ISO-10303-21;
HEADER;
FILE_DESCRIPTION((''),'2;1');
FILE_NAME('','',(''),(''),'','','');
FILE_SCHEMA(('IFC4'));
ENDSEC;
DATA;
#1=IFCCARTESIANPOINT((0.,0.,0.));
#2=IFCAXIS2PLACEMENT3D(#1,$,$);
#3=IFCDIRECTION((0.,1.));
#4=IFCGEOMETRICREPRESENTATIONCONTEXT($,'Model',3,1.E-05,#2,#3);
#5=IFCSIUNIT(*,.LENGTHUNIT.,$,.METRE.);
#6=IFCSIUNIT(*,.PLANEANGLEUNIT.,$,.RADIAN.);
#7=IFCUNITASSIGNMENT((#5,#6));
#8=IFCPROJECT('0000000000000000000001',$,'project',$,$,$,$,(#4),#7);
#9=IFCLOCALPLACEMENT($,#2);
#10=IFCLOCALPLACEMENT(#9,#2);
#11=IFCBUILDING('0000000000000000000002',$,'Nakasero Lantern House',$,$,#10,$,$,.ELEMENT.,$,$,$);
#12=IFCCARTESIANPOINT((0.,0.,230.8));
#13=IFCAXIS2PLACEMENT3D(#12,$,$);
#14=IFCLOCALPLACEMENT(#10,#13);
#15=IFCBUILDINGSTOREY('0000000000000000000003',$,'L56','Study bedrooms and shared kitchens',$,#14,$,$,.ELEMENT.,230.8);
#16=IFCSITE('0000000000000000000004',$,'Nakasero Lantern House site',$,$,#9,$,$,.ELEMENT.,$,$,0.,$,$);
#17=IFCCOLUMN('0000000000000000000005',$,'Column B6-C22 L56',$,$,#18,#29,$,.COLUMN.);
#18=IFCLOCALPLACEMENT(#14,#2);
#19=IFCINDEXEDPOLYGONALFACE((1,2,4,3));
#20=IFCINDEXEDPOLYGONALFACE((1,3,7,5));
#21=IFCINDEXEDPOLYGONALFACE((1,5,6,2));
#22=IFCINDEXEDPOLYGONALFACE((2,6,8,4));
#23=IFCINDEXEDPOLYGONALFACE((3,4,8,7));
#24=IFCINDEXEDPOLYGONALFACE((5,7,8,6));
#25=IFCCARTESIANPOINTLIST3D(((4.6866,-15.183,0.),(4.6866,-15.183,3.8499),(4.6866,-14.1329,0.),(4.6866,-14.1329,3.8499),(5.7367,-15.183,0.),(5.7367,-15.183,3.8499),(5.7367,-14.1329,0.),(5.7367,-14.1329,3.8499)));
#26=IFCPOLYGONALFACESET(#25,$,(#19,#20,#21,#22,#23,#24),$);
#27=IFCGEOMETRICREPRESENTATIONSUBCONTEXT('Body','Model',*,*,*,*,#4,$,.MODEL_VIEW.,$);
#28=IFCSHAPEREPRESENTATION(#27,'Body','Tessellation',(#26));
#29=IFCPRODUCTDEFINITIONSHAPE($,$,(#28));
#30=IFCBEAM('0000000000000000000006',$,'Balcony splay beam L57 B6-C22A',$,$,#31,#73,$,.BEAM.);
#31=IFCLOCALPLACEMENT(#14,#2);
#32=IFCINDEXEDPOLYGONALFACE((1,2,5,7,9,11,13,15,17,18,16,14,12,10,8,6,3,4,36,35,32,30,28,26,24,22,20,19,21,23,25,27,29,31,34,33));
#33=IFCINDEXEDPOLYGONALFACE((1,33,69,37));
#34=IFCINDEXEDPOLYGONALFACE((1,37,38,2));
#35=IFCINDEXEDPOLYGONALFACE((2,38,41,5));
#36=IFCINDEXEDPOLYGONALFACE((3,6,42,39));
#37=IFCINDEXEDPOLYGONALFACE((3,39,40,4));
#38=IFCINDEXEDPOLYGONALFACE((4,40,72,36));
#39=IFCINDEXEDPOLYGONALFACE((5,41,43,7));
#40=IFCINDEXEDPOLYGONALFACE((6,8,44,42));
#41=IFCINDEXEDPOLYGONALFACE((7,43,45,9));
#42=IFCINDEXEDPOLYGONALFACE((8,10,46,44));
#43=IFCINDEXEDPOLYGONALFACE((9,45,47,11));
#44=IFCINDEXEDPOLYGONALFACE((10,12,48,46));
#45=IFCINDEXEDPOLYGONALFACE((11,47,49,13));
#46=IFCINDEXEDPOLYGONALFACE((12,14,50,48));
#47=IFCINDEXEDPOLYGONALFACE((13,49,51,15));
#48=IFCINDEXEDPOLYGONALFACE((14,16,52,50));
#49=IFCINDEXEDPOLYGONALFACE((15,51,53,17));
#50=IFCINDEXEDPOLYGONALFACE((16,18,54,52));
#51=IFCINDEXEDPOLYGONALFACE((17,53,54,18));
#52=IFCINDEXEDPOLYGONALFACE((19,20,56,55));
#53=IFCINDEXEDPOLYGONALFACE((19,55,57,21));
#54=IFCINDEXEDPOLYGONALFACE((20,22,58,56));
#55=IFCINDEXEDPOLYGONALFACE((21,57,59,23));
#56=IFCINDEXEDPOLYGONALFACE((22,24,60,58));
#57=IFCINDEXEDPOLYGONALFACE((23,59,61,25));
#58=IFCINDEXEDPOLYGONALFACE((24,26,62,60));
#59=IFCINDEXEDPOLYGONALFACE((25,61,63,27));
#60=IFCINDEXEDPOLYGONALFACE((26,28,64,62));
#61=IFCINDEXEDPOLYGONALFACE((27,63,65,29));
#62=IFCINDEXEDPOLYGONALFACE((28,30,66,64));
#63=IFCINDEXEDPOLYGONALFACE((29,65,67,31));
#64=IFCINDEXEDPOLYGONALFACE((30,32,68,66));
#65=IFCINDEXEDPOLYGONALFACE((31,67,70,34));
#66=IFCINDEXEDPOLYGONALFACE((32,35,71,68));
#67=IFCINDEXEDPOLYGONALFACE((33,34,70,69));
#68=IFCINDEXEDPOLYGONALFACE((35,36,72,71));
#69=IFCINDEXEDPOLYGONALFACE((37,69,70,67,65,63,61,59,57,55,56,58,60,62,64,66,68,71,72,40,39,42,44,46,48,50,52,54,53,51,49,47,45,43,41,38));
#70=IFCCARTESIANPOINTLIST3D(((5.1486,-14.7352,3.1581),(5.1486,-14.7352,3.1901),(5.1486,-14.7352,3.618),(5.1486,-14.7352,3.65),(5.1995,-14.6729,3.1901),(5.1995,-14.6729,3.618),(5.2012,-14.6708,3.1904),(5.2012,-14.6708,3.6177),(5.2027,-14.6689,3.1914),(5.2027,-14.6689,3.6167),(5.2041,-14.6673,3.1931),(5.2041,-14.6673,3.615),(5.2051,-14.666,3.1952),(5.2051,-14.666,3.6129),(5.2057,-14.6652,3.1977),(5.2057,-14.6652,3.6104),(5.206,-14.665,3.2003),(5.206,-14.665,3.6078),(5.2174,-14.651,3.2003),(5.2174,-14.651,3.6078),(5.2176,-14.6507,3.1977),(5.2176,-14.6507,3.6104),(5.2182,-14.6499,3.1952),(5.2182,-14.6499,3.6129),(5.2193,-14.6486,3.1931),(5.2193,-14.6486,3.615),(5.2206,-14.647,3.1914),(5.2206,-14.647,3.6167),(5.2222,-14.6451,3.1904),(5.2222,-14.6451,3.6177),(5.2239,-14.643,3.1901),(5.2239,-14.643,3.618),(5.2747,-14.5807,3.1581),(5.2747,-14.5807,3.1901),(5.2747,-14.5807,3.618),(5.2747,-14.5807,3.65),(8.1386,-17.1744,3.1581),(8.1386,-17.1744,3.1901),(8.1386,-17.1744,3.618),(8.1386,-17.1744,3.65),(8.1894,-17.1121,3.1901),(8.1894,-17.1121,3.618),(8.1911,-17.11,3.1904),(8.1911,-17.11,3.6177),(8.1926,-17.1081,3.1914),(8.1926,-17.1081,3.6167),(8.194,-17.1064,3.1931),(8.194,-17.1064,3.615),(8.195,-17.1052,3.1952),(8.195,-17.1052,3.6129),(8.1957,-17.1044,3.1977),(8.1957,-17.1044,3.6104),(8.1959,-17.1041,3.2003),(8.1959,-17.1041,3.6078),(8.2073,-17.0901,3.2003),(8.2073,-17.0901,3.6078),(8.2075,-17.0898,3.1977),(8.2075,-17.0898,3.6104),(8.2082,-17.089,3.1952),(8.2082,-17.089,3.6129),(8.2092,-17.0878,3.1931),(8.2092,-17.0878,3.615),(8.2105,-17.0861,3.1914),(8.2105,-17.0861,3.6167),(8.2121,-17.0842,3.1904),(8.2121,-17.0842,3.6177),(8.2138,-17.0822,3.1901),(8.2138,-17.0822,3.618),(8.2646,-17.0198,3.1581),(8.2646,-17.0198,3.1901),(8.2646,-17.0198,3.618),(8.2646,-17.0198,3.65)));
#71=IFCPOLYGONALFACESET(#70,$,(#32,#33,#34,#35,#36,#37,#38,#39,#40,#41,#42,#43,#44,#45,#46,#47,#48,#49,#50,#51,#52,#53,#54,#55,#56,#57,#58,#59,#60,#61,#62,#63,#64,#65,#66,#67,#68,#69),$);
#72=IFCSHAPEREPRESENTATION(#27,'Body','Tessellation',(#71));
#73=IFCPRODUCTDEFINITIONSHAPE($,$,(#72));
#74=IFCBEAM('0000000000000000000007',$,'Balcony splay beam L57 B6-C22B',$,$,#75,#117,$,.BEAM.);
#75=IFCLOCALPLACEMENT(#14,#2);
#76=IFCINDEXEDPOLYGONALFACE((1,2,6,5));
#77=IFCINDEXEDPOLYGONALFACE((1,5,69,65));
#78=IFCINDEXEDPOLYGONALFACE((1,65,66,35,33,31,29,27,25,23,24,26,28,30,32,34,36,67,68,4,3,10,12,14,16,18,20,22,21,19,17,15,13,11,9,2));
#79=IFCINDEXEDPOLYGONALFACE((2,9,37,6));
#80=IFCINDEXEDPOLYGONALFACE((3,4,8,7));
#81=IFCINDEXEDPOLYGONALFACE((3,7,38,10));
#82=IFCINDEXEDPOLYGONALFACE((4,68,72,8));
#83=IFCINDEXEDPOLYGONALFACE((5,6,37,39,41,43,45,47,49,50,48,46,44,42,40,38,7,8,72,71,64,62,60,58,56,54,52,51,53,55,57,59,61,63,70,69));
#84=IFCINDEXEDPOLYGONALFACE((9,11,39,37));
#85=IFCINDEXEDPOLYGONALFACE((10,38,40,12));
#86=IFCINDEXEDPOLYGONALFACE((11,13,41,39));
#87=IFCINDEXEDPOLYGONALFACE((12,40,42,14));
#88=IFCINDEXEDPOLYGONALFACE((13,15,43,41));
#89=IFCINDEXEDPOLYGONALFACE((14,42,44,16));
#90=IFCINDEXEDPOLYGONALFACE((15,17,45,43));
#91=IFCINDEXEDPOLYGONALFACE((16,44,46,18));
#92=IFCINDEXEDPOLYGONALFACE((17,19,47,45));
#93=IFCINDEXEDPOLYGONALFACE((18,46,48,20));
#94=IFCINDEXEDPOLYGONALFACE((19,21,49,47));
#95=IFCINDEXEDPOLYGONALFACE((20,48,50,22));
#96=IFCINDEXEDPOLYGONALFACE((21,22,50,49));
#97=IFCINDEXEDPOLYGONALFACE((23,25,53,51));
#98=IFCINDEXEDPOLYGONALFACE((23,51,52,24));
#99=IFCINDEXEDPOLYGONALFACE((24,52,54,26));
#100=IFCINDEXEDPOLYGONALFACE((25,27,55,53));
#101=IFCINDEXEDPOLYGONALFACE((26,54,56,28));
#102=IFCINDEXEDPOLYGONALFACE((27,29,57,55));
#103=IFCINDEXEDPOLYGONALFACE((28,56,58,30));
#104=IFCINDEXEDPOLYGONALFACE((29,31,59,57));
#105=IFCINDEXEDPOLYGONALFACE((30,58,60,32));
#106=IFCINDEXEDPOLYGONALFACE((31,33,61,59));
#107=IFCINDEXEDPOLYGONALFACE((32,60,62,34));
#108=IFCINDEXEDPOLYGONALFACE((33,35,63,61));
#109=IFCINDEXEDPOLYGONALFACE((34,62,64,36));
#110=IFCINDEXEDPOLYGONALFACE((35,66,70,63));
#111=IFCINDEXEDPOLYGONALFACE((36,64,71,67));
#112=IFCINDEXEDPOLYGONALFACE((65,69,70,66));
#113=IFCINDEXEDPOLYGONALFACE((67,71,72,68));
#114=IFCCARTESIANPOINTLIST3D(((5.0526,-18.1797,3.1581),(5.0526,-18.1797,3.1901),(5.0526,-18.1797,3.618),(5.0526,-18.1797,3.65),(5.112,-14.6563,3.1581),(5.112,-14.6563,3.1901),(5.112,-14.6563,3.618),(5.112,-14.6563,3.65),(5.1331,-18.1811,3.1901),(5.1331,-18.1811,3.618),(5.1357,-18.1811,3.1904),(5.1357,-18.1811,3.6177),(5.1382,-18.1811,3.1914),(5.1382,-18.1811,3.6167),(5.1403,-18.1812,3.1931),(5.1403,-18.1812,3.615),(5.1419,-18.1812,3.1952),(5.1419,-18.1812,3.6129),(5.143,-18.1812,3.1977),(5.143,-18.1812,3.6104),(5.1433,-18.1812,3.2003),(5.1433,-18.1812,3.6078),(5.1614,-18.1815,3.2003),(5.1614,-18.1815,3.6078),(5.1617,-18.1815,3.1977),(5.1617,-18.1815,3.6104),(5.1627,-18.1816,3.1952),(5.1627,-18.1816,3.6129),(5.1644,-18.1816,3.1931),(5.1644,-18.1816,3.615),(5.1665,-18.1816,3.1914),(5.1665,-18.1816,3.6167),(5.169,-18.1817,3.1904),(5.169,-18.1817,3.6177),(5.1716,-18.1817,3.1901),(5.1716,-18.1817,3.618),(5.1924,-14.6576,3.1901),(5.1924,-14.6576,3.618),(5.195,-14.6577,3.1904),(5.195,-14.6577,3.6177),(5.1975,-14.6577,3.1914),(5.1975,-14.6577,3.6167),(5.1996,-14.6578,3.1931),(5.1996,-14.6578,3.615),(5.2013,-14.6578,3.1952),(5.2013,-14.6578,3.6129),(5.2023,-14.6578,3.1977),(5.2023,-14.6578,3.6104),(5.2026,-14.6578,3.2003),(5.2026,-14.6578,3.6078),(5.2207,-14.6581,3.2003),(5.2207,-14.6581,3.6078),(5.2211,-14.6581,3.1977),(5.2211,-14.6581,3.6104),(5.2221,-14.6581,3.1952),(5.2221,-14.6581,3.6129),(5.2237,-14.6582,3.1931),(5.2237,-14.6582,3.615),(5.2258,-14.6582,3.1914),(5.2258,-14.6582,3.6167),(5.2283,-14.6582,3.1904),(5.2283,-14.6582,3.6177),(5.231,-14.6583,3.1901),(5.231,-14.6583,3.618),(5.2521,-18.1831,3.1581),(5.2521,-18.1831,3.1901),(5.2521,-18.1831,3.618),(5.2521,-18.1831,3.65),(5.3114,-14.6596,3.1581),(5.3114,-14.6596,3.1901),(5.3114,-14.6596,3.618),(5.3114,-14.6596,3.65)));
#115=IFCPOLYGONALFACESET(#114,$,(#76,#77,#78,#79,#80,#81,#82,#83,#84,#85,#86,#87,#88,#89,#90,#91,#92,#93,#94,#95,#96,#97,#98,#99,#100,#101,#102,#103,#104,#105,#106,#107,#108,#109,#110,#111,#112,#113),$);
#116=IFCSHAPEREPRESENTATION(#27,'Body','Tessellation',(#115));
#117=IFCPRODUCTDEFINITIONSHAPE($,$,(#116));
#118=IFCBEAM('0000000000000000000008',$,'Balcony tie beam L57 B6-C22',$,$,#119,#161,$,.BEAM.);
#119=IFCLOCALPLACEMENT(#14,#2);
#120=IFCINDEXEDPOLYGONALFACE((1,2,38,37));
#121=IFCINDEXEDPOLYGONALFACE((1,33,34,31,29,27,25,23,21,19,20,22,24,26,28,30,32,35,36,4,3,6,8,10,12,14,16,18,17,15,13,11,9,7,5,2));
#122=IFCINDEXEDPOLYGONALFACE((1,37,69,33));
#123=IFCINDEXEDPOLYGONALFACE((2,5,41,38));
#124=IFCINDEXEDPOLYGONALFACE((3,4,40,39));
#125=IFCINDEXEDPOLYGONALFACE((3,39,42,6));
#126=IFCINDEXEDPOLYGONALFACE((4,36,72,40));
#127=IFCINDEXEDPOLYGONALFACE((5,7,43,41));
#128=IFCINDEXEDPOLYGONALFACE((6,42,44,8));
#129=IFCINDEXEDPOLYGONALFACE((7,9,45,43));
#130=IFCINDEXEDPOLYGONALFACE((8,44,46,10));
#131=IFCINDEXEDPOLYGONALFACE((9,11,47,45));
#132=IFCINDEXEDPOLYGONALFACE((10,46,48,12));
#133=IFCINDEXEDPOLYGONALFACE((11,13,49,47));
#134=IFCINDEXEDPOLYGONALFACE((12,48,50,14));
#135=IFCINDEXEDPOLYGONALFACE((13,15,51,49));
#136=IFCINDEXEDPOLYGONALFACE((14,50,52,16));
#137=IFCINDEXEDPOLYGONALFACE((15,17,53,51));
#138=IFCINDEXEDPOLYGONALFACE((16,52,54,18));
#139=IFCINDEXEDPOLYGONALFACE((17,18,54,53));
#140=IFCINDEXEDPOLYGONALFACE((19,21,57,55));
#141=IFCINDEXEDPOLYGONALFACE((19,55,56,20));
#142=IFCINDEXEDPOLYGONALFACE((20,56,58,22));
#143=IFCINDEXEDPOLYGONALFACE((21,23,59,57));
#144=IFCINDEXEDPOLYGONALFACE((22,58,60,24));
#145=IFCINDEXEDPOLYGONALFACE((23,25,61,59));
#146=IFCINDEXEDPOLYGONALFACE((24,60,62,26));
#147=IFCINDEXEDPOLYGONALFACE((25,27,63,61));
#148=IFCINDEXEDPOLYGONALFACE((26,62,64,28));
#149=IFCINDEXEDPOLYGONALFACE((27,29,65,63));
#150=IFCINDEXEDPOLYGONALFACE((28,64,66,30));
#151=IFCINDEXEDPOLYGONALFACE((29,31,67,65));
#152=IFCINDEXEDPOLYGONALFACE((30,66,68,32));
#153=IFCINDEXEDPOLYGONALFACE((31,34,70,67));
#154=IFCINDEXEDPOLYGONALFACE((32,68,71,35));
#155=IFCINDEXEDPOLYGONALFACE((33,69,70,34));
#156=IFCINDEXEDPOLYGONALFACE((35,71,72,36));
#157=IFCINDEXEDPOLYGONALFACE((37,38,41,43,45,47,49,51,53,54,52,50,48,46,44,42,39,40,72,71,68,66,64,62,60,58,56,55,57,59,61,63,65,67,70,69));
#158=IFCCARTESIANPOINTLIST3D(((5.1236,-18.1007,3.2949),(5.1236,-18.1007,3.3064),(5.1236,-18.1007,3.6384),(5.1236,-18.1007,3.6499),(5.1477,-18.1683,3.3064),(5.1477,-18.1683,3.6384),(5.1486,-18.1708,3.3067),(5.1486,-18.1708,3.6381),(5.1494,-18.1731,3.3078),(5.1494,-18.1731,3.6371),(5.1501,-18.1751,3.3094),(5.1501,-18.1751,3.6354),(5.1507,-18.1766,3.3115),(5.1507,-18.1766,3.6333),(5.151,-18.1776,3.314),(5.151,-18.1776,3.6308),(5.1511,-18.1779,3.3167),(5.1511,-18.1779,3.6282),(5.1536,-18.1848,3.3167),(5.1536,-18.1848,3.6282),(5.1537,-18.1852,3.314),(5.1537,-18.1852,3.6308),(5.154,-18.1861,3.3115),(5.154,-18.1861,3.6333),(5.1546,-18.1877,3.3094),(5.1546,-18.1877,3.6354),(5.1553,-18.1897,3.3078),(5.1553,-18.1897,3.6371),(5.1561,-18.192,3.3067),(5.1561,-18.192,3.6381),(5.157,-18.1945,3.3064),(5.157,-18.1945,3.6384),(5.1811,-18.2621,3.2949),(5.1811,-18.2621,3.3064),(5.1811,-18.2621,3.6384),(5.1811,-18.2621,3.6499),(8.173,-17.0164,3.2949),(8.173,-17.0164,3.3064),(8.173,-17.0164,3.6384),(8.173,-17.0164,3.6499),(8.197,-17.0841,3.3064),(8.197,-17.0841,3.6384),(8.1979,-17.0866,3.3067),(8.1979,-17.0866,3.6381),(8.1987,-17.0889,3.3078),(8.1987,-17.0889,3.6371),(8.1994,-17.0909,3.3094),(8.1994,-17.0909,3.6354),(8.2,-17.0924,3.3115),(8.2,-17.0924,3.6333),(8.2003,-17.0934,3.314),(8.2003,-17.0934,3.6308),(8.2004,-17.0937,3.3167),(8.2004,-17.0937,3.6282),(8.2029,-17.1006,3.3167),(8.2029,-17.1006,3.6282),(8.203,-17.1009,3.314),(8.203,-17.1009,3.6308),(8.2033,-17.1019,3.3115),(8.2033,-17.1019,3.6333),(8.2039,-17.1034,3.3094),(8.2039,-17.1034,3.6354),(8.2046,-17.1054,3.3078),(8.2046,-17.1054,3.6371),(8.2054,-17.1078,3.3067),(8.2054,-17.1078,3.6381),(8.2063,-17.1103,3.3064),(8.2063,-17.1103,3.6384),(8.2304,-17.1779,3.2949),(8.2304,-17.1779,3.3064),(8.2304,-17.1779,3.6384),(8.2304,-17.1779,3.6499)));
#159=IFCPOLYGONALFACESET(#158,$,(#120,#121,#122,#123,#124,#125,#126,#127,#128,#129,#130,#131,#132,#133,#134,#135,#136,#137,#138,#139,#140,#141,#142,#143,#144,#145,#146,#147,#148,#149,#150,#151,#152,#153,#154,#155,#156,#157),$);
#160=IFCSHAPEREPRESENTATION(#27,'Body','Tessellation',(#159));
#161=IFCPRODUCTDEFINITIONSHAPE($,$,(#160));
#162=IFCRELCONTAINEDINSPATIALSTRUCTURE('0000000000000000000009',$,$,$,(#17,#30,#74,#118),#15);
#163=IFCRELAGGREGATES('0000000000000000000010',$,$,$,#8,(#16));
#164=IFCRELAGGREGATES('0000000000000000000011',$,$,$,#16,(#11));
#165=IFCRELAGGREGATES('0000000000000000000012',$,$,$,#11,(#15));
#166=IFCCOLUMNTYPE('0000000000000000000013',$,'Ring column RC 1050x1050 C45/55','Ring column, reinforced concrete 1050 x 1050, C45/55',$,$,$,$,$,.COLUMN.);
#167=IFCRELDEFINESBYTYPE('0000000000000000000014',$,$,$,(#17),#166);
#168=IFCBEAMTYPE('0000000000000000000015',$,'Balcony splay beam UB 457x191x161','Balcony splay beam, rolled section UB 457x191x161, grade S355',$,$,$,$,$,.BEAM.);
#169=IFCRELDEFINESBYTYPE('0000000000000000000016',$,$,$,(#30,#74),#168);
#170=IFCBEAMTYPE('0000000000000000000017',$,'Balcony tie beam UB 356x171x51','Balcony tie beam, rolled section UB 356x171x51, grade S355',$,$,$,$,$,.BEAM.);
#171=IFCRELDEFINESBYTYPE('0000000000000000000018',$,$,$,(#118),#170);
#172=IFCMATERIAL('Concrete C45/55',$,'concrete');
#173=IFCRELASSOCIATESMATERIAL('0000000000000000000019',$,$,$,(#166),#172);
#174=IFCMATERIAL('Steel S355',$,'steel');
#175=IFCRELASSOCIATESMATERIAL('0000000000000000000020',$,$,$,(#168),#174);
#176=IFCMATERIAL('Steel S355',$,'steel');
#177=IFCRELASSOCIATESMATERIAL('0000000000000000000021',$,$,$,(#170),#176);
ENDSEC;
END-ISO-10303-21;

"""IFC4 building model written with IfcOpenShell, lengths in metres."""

from ifc_helpers import new_model, si_unit, direction, frame, origin, origin_2d, place, context, subcontext, project, spatial, rectangle, i_section, extrude, material, material_profile, profile_set, type_object, element, save


model = new_model("IFC4")

# Units and contexts
model_context = context("Model", 3, precision=1e-05, world=origin(), true_north=direction((0.0, 1.0)))
body_context = subcontext(model_context, "Body", "Model", "MODEL_VIEW")
ifc_project = project(units=[si_unit("LENGTHUNIT", "METRE"), si_unit("PLANEANGLEUNIT", "RADIAN")], contexts=[model_context])

# Site, building, storey
site_placement = place(None, origin())
site = spatial("IfcSite", under=ifc_project, at=site_placement, Name="Nakasero Lantern House site", CompositionType="ELEMENT", RefElevation=0.0)
building_placement = place(site_placement, origin())
building = spatial("IfcBuilding", under=site, at=building_placement, Name="Nakasero Lantern House", CompositionType="ELEMENT")
storey_placement = place(building_placement, frame((0.0, 0.0, 230.8)))
storey = spatial("IfcBuildingStorey", under=building, at=storey_placement, Name="L56", Description="Study bedrooms and shared kitchens", CompositionType="ELEMENT", Elevation=230.8)

# Column
ifc_material_1 = material(Name="Concrete C45/55", Category="concrete")
ifc_material_profile_1 = material_profile(ifc_material_1, rectangle(XDim=1.05, YDim=1.05, at=origin_2d()), Name="RC 1050x1050")
ifc_profile_set_1 = profile_set([ifc_material_profile_1], Name="Concrete C45/55")
column_type = type_object("IfcColumnType", Name="Ring column RC 1050x1050 C45/55", Description="Ring column, reinforced concrete 1050 x 1050, C45/55", PredefinedType="COLUMN", material=ifc_profile_set_1)
column_placement = place(storey_placement, frame((5.2117, -14.658, 0.0), z_axis=(0.0, 0.0, 1.0), x_axis=(1.0, 0.0, 0.0)))
element("IfcColumn", 1, at=column_placement, inside=storey, type_object=column_type, Name="Column B6-C22 L56", PredefinedType="COLUMN", context=body_context, shape_type="SweptSolid", body=[
    extrude(rectangle(XDim=1.05, YDim=1.05, at=origin_2d()), origin(), (0.0, 0.0, 1.0), 3.8499),
])

# Beams
ifc_material_2 = material(Name="Steel S355", Category="steel")
ifc_material_profile_2 = material_profile(ifc_material_2, i_section(OverallWidth=0.1995, OverallDepth=0.4919, WebThickness=0.0181, FlangeThickness=0.032, FilletRadius=0.0103, at=origin_2d()), Name="UB 457x191x161")
ifc_profile_set_2 = profile_set([ifc_material_profile_2], Name="Steel S355")
beam_type_1 = type_object("IfcBeamType", Name="Balcony splay beam UB 457x191x161", Description="Balcony splay beam, rolled section UB 457x191x161, grade S355", PredefinedType="BEAM", material=ifc_profile_set_2)
beam_1_placement = place(storey_placement, frame((5.2117, -14.658, 3.4041), z_axis=(0.774864, -0.632128, 0.0), x_axis=(0.632128, 0.774864, 0.0)))
element("IfcBeam", 2, at=beam_1_placement, inside=storey, type_object=beam_type_1, Name="Balcony splay beam L57 B6-C22A", PredefinedType="BEAM", context=body_context, shape_type="SweptSolid", body=[
    extrude(i_section(OverallWidth=0.1995, OverallDepth=0.4919, WebThickness=0.0181, FlangeThickness=0.032, FilletRadius=0.0103, at=origin_2d()), origin(), (0.0, 0.0, 1.0), 3.8586),
])
beam_2_placement = place(storey_placement, frame((5.2117, -14.658, 3.4041), z_axis=(-0.016835, -0.999858, 0.0), x_axis=(0.999858, -0.016835, 0.0)))
element("IfcBeam", 3, at=beam_2_placement, inside=storey, type_object=beam_type_1, Name="Balcony splay beam L57 B6-C22B", PredefinedType="BEAM", context=body_context, shape_type="SweptSolid", body=[
    extrude(i_section(OverallWidth=0.1995, OverallDepth=0.4919, WebThickness=0.0181, FlangeThickness=0.032, FilletRadius=0.0103, at=origin_2d()), origin(), (0.0, 0.0, 1.0), 3.5239),
])
ifc_material_3 = material(Name="Steel S355", Category="steel")
ifc_material_profile_3 = material_profile(ifc_material_3, i_section(OverallWidth=0.1714, OverallDepth=0.355, WebThickness=0.0073, FlangeThickness=0.0115, FilletRadius=0.0103, at=origin_2d()), Name="UB 356x171x51")
ifc_profile_set_3 = profile_set([ifc_material_profile_3], Name="Steel S355")
beam_type_2 = type_object("IfcBeamType", Name="Balcony tie beam UB 356x171x51", Description="Balcony tie beam, rolled section UB 356x171x51, grade S355", PredefinedType="BEAM", material=ifc_profile_set_3)
beam_3_placement = place(storey_placement, frame((8.2017, -17.0972, 3.4724), z_axis=(-0.942212, -0.335017, 0.0), x_axis=(0.335017, -0.942212, 0.0)))
element("IfcBeam", 4, at=beam_3_placement, inside=storey, type_object=beam_type_2, Name="Balcony tie beam L57 B6-C22", PredefinedType="BEAM", context=body_context, shape_type="SweptSolid", body=[
    extrude(i_section(OverallWidth=0.1714, OverallDepth=0.355, WebThickness=0.0073, FlangeThickness=0.0115, FilletRadius=0.0103, at=origin_2d()), origin(), (0.0, 0.0, 1.0), 3.2363),
])

save(model, "model.ifc")
